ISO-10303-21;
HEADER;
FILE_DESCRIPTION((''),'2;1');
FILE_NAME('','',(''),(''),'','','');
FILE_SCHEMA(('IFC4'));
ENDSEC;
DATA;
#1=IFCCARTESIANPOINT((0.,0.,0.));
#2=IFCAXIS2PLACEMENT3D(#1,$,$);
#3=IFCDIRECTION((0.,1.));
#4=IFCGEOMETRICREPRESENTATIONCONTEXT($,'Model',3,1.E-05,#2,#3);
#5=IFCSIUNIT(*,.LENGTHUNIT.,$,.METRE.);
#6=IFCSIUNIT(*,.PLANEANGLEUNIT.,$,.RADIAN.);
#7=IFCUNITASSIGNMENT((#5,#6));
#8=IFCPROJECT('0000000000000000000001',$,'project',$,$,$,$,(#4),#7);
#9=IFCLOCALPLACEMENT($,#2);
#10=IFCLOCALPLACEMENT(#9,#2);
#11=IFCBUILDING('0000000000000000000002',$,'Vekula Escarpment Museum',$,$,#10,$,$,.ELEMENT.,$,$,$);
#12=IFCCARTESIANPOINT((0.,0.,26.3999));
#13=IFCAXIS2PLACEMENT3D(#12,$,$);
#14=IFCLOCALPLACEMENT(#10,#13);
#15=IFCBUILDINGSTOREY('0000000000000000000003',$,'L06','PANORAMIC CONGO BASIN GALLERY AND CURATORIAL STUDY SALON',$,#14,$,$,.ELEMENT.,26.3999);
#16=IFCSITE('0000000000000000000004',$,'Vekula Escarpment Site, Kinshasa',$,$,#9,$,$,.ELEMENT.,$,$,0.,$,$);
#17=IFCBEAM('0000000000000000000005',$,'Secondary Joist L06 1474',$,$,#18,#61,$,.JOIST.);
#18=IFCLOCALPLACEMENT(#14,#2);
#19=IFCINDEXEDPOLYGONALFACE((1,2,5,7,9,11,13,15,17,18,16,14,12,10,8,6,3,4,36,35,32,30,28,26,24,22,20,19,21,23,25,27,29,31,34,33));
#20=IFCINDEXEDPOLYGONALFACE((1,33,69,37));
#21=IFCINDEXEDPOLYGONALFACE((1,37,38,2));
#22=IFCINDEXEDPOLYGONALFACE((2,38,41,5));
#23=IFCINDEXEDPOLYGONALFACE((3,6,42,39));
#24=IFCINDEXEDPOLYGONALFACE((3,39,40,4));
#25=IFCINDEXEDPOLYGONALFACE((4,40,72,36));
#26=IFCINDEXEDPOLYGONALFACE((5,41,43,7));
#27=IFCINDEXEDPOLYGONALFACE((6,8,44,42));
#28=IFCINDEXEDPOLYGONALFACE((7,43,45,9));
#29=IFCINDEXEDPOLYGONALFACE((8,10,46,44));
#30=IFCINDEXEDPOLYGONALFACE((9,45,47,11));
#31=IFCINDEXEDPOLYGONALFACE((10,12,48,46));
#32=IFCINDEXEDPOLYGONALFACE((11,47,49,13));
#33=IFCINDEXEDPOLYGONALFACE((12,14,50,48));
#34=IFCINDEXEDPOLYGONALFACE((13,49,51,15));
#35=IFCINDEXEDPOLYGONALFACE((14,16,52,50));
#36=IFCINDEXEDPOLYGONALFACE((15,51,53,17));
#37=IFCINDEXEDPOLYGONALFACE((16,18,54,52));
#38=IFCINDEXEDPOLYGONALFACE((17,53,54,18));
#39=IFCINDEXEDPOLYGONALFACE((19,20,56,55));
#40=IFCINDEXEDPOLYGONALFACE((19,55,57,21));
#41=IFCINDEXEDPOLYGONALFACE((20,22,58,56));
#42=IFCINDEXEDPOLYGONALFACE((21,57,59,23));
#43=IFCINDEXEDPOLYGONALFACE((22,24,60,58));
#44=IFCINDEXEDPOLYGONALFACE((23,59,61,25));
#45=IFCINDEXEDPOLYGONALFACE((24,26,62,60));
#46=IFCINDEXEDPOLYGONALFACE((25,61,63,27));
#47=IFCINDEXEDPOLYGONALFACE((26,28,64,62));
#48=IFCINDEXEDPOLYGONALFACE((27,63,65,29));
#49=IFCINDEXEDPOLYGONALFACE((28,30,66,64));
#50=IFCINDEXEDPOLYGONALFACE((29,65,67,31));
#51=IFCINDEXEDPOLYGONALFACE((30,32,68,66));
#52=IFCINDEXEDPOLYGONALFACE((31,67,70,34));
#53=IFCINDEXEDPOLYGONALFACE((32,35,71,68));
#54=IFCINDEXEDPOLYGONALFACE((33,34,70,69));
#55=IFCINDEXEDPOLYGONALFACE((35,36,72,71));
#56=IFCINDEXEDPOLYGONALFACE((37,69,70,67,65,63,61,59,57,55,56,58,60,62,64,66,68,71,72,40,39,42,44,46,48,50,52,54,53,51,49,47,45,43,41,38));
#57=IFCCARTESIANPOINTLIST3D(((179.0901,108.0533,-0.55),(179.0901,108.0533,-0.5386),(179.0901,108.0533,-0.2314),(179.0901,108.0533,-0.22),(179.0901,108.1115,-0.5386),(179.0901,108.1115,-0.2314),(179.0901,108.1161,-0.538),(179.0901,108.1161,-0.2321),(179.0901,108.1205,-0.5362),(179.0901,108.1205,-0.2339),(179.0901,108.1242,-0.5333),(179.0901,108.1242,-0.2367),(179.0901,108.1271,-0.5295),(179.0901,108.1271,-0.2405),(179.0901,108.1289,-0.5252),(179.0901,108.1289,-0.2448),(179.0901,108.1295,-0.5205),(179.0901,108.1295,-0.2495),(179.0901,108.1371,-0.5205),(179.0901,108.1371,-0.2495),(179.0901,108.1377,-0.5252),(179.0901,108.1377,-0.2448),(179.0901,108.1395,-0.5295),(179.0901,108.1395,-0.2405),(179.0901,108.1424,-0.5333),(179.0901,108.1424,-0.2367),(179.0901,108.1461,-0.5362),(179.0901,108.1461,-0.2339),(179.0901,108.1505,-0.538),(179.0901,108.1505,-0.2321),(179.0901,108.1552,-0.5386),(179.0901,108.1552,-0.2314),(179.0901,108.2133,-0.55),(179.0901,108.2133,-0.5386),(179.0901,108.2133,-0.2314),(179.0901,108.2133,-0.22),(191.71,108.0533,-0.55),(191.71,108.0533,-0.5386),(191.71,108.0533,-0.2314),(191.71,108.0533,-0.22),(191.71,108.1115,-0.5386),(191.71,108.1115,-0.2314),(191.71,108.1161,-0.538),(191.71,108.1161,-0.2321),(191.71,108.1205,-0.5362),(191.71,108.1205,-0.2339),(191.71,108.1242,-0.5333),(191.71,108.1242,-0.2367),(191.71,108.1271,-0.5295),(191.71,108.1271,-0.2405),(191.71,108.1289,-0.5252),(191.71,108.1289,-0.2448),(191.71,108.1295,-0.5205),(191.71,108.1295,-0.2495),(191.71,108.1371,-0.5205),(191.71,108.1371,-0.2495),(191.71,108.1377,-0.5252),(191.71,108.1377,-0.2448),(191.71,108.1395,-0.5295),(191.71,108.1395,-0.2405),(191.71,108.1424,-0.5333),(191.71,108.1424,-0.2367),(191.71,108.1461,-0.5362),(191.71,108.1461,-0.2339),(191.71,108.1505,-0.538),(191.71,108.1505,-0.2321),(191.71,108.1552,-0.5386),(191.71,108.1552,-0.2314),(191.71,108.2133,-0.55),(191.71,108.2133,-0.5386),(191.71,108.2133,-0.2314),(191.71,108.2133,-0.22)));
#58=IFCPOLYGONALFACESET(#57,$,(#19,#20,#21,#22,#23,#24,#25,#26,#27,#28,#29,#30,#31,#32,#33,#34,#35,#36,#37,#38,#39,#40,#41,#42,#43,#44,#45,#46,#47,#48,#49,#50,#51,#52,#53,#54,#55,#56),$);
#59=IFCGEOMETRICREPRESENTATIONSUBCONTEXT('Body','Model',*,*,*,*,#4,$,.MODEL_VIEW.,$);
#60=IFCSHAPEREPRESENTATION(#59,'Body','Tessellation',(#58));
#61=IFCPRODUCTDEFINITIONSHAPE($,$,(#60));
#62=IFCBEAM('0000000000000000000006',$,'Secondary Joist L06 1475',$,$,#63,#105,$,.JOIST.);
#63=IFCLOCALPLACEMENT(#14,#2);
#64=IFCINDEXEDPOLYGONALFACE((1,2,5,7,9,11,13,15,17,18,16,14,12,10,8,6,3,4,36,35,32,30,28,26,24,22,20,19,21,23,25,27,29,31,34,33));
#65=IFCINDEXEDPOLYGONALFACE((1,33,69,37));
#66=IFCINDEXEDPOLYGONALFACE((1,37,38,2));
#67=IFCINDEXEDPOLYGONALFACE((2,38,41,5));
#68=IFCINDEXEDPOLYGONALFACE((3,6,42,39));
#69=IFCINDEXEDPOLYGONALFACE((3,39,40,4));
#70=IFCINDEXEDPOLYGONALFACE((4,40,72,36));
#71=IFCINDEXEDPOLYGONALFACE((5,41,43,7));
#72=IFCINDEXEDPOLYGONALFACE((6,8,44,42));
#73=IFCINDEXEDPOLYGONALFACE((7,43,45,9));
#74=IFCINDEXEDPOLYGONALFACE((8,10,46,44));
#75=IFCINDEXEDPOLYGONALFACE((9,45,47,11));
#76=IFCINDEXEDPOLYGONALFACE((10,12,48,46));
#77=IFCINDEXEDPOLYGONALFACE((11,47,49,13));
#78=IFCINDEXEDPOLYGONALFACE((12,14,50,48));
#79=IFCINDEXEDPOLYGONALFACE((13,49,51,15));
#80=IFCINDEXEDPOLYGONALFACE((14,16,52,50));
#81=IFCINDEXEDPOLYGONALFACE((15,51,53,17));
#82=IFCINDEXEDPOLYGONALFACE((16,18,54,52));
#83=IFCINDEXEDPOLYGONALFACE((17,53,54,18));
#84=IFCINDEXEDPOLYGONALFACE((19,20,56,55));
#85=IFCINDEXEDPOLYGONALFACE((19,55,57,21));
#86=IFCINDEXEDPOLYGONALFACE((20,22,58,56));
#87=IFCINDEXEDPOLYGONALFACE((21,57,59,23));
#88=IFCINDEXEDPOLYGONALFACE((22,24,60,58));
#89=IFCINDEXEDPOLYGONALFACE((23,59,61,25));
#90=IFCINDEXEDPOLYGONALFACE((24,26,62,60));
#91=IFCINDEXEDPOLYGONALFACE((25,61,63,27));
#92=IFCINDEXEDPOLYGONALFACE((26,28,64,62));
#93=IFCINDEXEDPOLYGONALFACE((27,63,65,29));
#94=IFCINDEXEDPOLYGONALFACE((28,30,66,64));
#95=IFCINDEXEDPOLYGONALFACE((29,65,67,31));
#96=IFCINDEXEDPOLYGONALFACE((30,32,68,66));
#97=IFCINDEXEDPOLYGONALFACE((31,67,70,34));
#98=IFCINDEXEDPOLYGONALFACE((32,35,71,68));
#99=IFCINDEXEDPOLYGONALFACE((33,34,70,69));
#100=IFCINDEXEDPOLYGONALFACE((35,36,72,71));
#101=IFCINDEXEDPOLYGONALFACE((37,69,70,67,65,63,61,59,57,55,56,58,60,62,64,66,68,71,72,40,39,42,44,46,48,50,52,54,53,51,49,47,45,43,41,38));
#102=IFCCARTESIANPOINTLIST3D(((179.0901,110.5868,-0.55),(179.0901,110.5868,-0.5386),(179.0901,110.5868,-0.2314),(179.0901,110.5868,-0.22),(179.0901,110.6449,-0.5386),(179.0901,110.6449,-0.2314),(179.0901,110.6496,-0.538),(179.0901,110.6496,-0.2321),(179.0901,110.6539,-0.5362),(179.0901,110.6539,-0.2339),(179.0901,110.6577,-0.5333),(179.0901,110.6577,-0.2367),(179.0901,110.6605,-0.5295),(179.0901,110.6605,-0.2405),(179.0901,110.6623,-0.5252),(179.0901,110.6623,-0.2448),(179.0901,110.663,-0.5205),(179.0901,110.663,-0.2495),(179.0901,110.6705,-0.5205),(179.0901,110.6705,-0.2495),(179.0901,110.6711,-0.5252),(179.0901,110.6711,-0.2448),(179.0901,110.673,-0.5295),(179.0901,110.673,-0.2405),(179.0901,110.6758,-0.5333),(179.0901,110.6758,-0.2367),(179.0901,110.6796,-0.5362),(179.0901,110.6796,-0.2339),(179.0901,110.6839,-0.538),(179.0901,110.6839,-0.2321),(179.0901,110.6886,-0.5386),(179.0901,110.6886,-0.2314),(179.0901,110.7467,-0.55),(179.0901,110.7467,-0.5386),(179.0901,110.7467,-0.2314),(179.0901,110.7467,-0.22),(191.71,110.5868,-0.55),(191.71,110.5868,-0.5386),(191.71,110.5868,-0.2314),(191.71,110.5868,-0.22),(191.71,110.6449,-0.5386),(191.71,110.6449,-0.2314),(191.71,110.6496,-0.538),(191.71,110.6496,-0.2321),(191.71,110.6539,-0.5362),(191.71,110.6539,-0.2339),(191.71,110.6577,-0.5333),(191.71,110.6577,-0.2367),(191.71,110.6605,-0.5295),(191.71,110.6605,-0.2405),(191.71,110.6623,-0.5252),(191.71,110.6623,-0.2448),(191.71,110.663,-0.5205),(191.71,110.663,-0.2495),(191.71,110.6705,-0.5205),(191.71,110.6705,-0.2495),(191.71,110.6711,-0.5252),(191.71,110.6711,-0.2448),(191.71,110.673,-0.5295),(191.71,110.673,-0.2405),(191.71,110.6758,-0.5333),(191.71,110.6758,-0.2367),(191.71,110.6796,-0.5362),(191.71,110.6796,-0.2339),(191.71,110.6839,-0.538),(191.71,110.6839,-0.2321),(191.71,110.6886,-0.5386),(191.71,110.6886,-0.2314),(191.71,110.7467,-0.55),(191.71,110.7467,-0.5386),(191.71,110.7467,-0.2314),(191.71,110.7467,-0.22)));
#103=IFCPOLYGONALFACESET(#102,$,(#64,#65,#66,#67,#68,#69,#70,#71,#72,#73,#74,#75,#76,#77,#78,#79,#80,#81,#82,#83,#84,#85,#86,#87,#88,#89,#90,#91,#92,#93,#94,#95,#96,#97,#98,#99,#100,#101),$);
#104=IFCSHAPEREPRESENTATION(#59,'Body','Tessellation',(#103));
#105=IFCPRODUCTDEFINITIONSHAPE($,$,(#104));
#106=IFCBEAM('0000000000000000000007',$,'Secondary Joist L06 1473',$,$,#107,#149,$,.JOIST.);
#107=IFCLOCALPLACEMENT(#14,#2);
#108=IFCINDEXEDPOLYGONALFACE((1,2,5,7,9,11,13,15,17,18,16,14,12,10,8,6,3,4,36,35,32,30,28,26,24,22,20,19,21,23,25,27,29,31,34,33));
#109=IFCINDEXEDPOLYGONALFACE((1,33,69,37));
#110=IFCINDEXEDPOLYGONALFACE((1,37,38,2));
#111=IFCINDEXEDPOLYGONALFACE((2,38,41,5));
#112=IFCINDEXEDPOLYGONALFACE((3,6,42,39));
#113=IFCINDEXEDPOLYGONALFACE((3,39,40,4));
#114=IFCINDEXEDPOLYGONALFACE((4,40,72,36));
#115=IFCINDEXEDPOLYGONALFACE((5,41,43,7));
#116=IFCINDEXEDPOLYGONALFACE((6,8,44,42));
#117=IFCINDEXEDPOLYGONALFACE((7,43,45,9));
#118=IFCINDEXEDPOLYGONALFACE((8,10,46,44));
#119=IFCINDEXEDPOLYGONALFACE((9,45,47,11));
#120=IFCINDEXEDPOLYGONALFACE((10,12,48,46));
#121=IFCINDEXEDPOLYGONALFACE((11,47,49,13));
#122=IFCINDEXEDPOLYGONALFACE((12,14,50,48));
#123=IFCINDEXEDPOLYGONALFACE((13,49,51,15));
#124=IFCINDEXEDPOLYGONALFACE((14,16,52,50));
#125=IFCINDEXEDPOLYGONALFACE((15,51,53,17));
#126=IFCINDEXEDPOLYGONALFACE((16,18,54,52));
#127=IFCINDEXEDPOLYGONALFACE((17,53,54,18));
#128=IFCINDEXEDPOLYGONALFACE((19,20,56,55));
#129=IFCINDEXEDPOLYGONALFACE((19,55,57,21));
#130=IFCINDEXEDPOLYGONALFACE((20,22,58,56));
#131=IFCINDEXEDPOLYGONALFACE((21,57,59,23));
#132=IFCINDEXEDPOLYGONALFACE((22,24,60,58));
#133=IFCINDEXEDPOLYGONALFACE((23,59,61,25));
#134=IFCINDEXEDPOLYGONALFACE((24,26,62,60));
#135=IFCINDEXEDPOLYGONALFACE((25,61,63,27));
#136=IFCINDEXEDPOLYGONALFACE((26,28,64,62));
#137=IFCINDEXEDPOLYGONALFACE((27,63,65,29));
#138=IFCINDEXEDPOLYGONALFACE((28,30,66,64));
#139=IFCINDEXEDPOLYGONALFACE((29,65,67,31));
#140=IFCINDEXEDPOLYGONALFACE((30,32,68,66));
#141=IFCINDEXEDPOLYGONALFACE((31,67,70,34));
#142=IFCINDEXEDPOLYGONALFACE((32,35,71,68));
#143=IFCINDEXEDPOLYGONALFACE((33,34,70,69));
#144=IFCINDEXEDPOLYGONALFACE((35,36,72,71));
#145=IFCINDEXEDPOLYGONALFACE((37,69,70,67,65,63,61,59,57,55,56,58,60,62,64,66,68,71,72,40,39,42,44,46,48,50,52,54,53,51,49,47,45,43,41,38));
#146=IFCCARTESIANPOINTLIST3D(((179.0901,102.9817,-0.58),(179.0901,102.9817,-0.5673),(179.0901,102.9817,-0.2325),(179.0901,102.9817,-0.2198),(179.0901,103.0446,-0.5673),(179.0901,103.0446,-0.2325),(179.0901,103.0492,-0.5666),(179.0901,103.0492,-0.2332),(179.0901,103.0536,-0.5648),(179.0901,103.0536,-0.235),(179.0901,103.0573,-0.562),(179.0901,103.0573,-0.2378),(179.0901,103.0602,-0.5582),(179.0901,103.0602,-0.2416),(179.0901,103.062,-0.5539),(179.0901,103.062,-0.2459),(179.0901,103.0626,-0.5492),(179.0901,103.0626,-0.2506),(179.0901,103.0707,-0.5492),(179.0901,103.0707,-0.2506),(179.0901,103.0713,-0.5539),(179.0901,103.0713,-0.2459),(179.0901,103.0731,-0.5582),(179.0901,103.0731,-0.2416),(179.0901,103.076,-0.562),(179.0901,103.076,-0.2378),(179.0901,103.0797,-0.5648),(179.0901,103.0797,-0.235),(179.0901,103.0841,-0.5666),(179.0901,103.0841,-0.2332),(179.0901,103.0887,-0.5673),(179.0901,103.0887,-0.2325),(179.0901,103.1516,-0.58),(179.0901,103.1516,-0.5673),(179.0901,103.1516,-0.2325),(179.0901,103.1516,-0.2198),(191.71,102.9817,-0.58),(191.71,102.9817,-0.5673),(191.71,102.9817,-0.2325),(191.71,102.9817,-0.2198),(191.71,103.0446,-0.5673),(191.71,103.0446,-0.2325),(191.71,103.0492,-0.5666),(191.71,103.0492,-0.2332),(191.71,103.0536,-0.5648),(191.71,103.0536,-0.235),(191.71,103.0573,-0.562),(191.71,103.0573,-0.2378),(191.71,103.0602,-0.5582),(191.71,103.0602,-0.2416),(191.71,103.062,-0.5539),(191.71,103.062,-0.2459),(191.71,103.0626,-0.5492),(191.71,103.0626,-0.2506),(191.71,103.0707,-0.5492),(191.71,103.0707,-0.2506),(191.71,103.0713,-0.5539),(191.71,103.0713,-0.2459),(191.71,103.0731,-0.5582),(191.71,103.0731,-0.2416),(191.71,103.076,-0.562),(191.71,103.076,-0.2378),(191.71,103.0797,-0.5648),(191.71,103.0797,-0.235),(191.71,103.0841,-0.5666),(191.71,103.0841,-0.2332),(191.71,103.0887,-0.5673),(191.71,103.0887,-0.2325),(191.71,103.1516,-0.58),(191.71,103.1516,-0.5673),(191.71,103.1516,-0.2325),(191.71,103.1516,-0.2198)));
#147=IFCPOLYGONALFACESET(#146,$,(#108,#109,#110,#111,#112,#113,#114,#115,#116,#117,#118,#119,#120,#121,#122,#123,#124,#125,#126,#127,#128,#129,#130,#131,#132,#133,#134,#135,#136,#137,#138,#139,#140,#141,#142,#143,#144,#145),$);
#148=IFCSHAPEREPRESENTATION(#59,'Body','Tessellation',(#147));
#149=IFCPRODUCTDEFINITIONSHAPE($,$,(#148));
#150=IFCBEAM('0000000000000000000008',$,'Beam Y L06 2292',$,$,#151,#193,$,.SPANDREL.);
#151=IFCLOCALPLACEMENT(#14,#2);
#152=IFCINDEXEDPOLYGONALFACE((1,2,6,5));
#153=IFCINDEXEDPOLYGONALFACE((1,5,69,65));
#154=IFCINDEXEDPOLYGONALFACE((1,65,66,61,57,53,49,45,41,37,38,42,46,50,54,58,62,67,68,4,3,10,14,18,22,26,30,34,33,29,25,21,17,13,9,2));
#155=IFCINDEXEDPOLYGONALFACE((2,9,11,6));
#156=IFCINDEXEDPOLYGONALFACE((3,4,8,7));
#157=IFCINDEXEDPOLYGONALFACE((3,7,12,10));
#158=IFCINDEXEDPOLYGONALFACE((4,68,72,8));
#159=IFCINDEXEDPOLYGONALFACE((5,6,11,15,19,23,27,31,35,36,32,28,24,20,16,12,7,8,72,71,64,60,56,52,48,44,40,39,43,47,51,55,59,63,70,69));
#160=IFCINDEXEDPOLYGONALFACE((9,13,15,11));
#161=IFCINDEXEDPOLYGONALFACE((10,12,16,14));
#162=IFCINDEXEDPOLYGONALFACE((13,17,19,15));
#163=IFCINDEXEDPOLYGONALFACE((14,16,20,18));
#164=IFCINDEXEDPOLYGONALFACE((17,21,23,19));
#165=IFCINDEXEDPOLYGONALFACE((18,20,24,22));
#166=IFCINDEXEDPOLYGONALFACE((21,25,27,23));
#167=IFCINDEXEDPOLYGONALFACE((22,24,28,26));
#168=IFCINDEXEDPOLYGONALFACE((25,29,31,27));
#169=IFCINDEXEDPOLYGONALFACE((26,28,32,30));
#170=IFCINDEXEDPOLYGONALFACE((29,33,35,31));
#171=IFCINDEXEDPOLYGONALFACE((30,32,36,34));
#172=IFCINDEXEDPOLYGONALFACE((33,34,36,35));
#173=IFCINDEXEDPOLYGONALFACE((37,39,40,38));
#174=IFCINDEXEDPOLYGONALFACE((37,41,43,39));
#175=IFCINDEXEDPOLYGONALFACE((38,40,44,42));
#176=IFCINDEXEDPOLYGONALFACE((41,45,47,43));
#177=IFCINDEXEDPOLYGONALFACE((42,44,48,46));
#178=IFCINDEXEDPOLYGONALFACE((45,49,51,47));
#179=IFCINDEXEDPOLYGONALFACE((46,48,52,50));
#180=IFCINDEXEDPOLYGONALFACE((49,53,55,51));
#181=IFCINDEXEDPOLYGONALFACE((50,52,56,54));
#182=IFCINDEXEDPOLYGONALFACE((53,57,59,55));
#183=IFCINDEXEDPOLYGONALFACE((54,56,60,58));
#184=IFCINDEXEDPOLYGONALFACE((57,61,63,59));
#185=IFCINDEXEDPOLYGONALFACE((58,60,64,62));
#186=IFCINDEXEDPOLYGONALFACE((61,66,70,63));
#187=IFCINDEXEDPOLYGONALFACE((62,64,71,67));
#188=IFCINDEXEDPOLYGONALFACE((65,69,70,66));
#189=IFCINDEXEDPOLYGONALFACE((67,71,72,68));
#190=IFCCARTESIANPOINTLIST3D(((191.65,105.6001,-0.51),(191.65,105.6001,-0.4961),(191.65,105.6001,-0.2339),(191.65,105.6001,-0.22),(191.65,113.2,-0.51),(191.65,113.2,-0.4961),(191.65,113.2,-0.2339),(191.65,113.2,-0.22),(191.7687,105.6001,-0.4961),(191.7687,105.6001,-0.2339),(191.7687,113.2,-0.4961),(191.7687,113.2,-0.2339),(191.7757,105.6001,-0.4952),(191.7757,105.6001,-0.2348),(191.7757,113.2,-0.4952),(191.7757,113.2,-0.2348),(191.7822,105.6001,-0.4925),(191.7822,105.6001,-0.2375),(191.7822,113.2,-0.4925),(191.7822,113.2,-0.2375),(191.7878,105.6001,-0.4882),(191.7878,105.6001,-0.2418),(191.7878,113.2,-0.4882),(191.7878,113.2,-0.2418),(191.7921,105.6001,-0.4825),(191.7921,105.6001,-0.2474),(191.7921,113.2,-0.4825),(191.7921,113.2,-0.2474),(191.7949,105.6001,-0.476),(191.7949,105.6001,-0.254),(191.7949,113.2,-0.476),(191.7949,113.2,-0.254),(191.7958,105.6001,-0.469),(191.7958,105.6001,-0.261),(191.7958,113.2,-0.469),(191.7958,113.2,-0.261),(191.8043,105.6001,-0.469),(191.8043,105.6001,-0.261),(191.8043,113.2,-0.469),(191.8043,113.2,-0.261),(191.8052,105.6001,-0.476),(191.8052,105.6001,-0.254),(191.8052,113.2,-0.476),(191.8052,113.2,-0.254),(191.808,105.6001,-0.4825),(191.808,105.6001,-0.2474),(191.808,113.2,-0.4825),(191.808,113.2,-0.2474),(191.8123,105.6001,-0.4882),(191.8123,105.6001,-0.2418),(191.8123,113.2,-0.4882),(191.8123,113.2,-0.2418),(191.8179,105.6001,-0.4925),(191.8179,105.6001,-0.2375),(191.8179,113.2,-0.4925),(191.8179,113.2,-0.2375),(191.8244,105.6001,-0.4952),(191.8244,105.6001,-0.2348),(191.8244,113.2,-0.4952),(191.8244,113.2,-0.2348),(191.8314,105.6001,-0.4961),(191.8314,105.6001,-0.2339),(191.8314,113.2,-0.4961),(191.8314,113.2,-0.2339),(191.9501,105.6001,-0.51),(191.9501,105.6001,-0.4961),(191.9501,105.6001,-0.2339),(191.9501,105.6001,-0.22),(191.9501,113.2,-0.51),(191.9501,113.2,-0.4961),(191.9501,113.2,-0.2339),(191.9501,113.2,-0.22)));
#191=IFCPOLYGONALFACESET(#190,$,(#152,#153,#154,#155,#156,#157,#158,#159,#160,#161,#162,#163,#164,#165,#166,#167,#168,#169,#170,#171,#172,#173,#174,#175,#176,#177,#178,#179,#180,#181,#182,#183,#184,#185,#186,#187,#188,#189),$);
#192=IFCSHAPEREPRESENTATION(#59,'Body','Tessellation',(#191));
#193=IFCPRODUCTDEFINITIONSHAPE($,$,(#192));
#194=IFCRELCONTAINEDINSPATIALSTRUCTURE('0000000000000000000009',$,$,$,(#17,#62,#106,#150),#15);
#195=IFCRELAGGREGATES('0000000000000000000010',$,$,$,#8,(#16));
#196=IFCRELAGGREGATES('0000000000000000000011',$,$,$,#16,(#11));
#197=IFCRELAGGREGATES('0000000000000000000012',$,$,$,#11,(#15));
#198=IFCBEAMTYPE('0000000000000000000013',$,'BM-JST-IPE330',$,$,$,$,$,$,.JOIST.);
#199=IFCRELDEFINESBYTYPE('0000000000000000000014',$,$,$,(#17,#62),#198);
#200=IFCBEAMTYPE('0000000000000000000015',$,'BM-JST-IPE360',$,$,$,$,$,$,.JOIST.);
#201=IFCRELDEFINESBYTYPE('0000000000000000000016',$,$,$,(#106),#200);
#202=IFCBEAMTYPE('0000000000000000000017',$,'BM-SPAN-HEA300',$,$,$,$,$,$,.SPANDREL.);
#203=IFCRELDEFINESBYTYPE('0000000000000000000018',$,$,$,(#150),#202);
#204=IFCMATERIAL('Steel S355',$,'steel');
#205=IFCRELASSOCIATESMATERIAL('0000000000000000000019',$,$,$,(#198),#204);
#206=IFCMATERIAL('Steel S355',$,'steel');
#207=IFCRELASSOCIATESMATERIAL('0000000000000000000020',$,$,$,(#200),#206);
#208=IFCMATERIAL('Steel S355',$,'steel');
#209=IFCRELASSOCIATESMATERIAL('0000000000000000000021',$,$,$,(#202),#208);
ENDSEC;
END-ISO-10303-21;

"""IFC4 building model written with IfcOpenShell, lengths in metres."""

from ifc_helpers import new_model, si_unit, direction, frame, origin, origin_2d, place, context, subcontext, project, spatial, i_section, extrude, material, material_profile, profile_set, type_object, element, save


model = new_model("IFC4")

# Units and contexts
model_context = context("Model", 3, precision=1e-05, world=origin(), true_north=direction((0.0, 1.0)))
body_context = subcontext(model_context, "Body", "Model", "MODEL_VIEW")
ifc_project = project(units=[si_unit("LENGTHUNIT", "METRE"), si_unit("PLANEANGLEUNIT", "RADIAN")], contexts=[model_context])

# Site, building, storey
site_placement = place(None, origin())
site = spatial("IfcSite", under=ifc_project, at=site_placement, Name="Vekula Escarpment Site, Kinshasa", CompositionType="ELEMENT", RefElevation=0.0)
building_placement = place(site_placement, origin())
building = spatial("IfcBuilding", under=site, at=building_placement, Name="Vekula Escarpment Museum", CompositionType="ELEMENT")
storey_placement = place(building_placement, frame((0.0, 0.0, 26.3999)))
storey = spatial("IfcBuildingStorey", under=building, at=storey_placement, Name="L06", Description="PANORAMIC CONGO BASIN GALLERY AND CURATORIAL STUDY SALON", CompositionType="ELEMENT", Elevation=26.3999)

# Beams
ifc_material_1 = material(Name="Steel S355", Category="steel")
ifc_material_profile_1 = material_profile(ifc_material_1, i_section(OverallWidth=0.1599, OverallDepth=0.3301, WebThickness=0.0076, FlangeThickness=0.0115, FilletRadius=0.0181, at=origin_2d()), Name="IPE 330")
ifc_profile_set_1 = profile_set([ifc_material_profile_1], Name="Steel S355")
beam_type_1 = type_object("IfcBeamType", Name="BM-JST-IPE330", PredefinedType="JOIST", material=ifc_profile_set_1)
for number, where, z_axis, x_axis, name in (
    (1, (179.0901, 108.1333, -0.385), (1.0, 0.0, 0.0), (0.0, 1.0, 0.0), "Secondary Joist L06 1474"),
    (2, (179.0901, 110.6667, -0.385), (1.0, 0.0, 0.0), (0.0, 1.0, 0.0), "Secondary Joist L06 1475"),
):
    element("IfcBeam", number, at=place(storey_placement, frame(where, z_axis=z_axis, x_axis=x_axis)), inside=storey, type_object=beam_type_1, Name=name, PredefinedType="JOIST", context=body_context, shape_type="SweptSolid", body=[
        extrude(i_section(OverallWidth=0.1599, OverallDepth=0.3301, WebThickness=0.0076, FlangeThickness=0.0115, FilletRadius=0.0181, at=origin_2d()), origin(), (0.0, 0.0, 1.0), 12.6199),
    ])
ifc_material_2 = material(Name="Steel S355", Category="steel")
ifc_material_profile_2 = material_profile(ifc_material_2, i_section(OverallWidth=0.1699, OverallDepth=0.3601, WebThickness=0.0081, FlangeThickness=0.0127, FilletRadius=0.0181, at=origin_2d()), Name="IPE 360")
ifc_profile_set_2 = profile_set([ifc_material_profile_2], Name="Steel S355")
beam_type_2 = type_object("IfcBeamType", Name="BM-JST-IPE360", PredefinedType="JOIST", material=ifc_profile_set_2)
beam_1_placement = place(storey_placement, frame((179.0901, 103.0667, -0.3999), z_axis=(1.0, 0.0, 0.0), x_axis=(0.0, 1.0, 0.0)))
element("IfcBeam", 3, at=beam_1_placement, inside=storey, type_object=beam_type_2, Name="Secondary Joist L06 1473", PredefinedType="JOIST", context=body_context, shape_type="SweptSolid", body=[
    extrude(i_section(OverallWidth=0.1699, OverallDepth=0.3601, WebThickness=0.0081, FlangeThickness=0.0127, FilletRadius=0.0181, at=origin_2d()), origin(), (0.0, 0.0, 1.0), 12.6199),
])
ifc_material_3 = material(Name="Steel S355", Category="steel")
ifc_material_profile_3 = material_profile(ifc_material_3, i_section(OverallWidth=0.3, OverallDepth=0.29, WebThickness=0.0085, FlangeThickness=0.0139, FilletRadius=0.0271, at=origin_2d()), Name="HEA 300")
ifc_profile_set_3 = profile_set([ifc_material_profile_3], Name="Steel S355")
beam_type_3 = type_object("IfcBeamType", Name="BM-SPAN-HEA300", PredefinedType="SPANDREL", material=ifc_profile_set_3)
beam_2_placement = place(storey_placement, frame((191.8, 105.6001, -0.365), z_axis=(0.0, 1.0, 0.0), x_axis=(-1.0, 0.0, 0.0)))
element("IfcBeam", 4, at=beam_2_placement, inside=storey, type_object=beam_type_3, Name="Beam Y L06 2292", PredefinedType="SPANDREL", context=body_context, shape_type="SweptSolid", body=[
    extrude(i_section(OverallWidth=0.3, OverallDepth=0.29, WebThickness=0.0085, FlangeThickness=0.0139, FilletRadius=0.0271, at=origin_2d()), origin(), (0.0, 0.0, 1.0), 7.5999),
])

save(model, "model.ifc")
